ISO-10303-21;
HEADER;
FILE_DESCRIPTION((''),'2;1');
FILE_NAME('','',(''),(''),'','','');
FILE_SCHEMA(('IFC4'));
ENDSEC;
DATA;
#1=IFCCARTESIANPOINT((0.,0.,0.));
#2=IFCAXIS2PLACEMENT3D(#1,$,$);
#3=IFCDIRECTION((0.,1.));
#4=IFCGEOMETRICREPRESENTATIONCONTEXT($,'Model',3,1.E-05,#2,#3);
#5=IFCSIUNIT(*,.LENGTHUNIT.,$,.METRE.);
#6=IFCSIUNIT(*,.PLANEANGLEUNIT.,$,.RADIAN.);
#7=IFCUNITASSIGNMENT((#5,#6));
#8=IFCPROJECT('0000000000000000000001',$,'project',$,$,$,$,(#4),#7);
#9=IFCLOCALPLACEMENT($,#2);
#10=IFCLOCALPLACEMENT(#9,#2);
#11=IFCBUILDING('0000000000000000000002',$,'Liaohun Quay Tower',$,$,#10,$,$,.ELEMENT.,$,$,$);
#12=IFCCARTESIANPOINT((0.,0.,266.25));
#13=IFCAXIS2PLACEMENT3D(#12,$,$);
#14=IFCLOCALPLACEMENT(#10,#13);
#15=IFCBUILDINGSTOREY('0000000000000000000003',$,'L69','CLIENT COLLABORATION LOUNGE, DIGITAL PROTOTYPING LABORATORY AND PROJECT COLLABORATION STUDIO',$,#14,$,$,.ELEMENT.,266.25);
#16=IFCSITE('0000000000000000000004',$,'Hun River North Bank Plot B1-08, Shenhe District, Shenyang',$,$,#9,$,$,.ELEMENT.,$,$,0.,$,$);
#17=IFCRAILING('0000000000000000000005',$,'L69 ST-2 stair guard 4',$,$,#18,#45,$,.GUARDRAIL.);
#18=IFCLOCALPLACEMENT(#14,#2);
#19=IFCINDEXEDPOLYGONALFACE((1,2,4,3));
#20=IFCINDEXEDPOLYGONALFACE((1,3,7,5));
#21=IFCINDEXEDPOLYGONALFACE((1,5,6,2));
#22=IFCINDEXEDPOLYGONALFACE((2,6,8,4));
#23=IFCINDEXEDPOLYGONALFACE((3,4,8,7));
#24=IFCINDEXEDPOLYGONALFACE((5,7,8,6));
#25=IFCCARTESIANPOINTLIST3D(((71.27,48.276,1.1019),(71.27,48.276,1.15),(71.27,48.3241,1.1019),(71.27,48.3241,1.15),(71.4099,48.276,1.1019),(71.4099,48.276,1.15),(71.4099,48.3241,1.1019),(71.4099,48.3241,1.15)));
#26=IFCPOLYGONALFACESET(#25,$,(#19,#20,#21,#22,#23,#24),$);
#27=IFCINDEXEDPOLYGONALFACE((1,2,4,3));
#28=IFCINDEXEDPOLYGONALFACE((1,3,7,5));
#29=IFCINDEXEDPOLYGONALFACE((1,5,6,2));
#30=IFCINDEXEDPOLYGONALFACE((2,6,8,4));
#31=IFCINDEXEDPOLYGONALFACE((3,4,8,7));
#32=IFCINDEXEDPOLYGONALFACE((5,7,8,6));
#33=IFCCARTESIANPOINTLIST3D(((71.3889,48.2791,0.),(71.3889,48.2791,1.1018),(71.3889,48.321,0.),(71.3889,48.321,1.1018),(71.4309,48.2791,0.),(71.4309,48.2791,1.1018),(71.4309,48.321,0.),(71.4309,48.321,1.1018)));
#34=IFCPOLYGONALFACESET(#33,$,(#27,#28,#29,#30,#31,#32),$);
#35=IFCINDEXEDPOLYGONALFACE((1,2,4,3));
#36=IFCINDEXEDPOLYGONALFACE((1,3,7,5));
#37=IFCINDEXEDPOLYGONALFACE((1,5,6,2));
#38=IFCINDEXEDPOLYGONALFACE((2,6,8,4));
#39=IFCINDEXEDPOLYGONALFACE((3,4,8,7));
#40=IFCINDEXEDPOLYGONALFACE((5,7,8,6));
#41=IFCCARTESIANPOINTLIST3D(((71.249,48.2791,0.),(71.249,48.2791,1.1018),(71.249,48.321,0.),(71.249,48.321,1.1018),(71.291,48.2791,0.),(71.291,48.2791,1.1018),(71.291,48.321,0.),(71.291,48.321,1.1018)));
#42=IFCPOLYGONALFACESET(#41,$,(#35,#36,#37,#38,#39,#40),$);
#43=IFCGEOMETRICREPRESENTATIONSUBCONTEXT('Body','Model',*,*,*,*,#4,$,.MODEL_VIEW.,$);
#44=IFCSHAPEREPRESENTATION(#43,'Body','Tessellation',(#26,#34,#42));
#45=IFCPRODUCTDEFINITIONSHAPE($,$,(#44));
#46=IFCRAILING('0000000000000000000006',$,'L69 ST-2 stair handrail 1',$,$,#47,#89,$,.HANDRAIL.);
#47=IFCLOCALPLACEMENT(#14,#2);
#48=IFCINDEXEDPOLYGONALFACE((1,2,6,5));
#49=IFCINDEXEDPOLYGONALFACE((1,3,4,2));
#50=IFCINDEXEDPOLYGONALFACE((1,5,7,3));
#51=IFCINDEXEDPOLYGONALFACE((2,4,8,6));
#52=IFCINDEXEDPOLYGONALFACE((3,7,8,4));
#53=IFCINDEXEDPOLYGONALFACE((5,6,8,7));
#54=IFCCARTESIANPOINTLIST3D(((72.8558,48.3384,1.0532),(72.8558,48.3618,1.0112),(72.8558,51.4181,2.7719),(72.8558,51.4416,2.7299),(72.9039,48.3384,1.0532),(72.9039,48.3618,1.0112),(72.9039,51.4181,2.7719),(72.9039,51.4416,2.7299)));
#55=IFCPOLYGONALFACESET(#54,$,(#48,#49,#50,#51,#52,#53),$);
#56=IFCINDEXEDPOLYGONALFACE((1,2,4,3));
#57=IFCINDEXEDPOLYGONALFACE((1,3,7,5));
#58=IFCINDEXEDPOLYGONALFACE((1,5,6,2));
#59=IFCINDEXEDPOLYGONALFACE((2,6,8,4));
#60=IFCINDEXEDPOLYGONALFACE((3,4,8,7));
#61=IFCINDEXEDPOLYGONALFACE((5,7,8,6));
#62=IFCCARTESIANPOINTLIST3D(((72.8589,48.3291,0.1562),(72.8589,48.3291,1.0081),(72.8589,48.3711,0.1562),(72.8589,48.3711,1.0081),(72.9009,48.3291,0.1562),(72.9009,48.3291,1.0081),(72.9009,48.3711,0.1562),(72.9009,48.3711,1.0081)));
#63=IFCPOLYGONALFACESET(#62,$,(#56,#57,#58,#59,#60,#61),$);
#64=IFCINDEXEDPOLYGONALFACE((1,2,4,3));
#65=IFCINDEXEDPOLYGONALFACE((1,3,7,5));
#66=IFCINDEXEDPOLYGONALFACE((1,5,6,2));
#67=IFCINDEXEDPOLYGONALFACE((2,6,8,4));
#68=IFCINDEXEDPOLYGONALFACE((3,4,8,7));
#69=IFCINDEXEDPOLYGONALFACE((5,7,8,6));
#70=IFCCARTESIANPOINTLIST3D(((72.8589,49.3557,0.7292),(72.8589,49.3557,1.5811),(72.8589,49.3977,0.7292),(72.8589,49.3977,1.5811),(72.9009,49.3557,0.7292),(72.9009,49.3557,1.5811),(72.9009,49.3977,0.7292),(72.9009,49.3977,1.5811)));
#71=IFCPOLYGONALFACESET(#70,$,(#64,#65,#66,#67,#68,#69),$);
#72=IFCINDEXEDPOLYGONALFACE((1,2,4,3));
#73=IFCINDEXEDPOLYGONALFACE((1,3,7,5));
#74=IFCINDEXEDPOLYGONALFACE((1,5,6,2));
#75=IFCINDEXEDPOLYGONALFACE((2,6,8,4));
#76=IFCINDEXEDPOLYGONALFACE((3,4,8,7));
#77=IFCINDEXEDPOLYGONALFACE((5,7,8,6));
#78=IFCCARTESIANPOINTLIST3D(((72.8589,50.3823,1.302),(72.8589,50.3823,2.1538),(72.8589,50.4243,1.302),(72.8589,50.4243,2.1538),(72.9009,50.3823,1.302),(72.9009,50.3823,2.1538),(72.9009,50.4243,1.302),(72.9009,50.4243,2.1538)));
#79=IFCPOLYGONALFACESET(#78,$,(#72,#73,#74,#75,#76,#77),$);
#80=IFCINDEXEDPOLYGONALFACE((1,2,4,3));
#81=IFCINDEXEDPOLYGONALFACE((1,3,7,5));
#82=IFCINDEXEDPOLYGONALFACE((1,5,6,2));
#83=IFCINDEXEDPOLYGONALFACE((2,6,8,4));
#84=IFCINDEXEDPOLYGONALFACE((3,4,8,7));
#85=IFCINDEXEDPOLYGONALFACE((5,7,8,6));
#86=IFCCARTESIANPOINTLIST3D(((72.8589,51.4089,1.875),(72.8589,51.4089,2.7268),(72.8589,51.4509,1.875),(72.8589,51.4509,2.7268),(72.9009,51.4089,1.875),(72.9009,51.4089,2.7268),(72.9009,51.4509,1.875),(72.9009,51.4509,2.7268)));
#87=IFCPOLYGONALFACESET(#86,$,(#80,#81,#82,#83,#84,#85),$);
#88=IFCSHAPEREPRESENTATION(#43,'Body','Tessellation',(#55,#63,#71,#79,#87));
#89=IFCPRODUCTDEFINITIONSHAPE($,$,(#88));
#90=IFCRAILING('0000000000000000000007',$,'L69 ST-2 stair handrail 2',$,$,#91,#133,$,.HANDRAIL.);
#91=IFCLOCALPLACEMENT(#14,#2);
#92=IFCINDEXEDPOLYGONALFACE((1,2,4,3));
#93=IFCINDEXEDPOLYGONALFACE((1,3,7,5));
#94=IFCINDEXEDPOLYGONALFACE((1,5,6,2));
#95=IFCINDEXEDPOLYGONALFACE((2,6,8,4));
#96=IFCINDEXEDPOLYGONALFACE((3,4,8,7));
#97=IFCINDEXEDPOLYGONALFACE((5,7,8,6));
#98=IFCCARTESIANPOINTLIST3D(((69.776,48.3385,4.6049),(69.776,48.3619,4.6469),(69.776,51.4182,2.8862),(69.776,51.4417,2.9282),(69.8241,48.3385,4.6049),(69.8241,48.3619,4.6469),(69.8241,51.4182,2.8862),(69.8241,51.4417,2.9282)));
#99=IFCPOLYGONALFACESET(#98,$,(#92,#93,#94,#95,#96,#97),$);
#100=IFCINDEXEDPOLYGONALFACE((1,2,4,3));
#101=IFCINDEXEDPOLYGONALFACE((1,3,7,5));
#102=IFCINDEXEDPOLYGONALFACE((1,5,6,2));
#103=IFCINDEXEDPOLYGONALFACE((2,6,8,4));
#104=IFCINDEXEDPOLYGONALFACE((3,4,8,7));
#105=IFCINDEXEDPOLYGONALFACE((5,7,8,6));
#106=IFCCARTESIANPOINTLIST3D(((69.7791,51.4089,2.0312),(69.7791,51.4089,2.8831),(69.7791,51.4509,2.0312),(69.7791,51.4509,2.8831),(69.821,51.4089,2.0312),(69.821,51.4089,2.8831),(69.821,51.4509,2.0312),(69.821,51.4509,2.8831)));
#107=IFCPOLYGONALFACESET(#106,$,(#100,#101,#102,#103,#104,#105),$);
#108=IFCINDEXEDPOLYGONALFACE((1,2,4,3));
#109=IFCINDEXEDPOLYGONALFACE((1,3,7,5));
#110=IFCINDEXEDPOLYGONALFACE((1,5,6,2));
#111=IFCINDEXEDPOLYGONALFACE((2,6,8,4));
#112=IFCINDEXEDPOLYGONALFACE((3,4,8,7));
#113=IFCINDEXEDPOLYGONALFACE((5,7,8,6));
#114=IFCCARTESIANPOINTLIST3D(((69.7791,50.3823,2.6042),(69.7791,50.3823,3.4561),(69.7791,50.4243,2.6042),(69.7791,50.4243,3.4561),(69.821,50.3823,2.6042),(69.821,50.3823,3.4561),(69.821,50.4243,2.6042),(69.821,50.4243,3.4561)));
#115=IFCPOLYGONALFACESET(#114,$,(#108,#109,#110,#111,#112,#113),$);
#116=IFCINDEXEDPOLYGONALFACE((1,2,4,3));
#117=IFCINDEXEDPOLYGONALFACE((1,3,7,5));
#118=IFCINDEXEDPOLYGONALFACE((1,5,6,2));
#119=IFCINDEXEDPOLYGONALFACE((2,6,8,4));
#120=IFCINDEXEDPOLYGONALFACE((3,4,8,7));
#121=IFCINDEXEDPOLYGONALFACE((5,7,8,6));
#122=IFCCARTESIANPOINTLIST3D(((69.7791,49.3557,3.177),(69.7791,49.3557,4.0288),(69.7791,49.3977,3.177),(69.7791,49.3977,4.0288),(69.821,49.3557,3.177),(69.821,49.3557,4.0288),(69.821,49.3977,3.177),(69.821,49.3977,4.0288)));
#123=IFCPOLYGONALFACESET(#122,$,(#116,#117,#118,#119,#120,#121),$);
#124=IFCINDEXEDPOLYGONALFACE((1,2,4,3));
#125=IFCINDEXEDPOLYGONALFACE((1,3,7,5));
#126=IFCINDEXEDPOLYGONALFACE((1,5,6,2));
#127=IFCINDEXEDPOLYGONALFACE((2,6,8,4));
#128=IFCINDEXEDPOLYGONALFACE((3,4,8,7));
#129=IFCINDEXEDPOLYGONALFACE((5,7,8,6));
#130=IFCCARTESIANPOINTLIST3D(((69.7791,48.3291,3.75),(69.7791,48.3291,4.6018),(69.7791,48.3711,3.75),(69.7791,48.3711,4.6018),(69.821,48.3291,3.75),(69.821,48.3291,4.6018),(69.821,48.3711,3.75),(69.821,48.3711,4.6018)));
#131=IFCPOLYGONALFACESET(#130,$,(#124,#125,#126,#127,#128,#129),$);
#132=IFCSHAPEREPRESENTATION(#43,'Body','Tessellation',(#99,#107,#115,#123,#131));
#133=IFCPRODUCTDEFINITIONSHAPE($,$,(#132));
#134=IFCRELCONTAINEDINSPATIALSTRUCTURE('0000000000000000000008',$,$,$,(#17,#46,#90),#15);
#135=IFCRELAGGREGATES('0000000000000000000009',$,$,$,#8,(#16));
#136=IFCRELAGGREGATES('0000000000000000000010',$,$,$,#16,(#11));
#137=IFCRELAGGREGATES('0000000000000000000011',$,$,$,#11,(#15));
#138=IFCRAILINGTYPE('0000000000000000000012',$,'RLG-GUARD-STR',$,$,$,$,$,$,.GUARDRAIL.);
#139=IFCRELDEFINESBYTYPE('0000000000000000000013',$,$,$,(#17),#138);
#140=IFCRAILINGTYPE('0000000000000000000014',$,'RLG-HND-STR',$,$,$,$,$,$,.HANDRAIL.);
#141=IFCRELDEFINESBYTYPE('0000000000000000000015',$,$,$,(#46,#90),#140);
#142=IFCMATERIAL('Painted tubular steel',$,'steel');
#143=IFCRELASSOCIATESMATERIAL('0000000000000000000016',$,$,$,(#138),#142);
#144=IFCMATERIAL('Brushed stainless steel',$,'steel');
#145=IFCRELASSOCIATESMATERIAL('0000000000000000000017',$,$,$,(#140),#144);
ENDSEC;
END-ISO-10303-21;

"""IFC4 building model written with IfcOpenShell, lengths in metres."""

from ifc_helpers import new_model, si_unit, direction, frame, origin, origin_2d, place, context, subcontext, project, spatial, rectangle, extrude, material, type_object, element, save


model = new_model("IFC4")

# Units and contexts
model_context = context("Model", 3, precision=1e-05, world=origin(), true_north=direction((0.0, 1.0)))
body_context = subcontext(model_context, "Body", "Model", "MODEL_VIEW")
ifc_project = project(units=[si_unit("LENGTHUNIT", "METRE"), si_unit("PLANEANGLEUNIT", "RADIAN")], contexts=[model_context])

# Site, building, storey
site_placement = place(None, origin())
site = spatial("IfcSite", under=ifc_project, at=site_placement, Name="Hun River North Bank Plot B1-08, Shenhe District, Shenyang", CompositionType="ELEMENT", RefElevation=0.0)
building_placement = place(site_placement, origin())
building = spatial("IfcBuilding", under=site, at=building_placement, Name="Liaohun Quay Tower", CompositionType="ELEMENT")
storey_placement = place(building_placement, frame((0.0, 0.0, 266.25)))
storey = spatial("IfcBuildingStorey", under=building, at=storey_placement, Name="L69", Description="CLIENT COLLABORATION LOUNGE, DIGITAL PROTOTYPING LABORATORY AND PROJECT COLLABORATION STUDIO", CompositionType="ELEMENT", Elevation=266.25)

# Railings
ifc_material_1 = material(Name="Painted tubular steel", Category="steel")
railing_type_1 = type_object("IfcRailingType", Name="RLG-GUARD-STR", PredefinedType="GUARDRAIL", material=ifc_material_1)
railing_1_placement = place(storey_placement, frame((71.4099, 48.3, 0.0)))
element("IfcRailing", 1, at=railing_1_placement, inside=storey, type_object=railing_type_1, Name="L69 ST-2 stair guard 4", PredefinedType="GUARDRAIL", context=body_context, shape_type="SweptSolid", body=[
    extrude(rectangle(XDim=0.0481, YDim=0.0481, at=origin_2d()), frame((0.0, 0.0, 1.126), z_axis=(-1.0, 0.0, 0.0), x_axis=(0.0, -1.0, 0.0)), (0.0, 0.0, 1.0), 0.1399),
    extrude(rectangle(XDim=0.042, YDim=0.042, at=origin_2d()), origin(), (0.0, 0.0, 1.0), 1.1018),
    extrude(rectangle(XDim=0.042, YDim=0.042, at=origin_2d()), frame((-0.1399, 0.0, 0.0)), (0.0, 0.0, 1.0), 1.1018),
])
ifc_material_2 = material(Name="Brushed stainless steel", Category="steel")
railing_type_2 = type_object("IfcRailingType", Name="RLG-HND-STR", PredefinedType="HANDRAIL", material=ifc_material_2)
railing_2_placement = place(storey_placement, frame((72.8799, 48.3501, 0.1562)))
element("IfcRailing", 2, at=railing_2_placement, inside=storey, type_object=railing_type_2, Name="L69 ST-2 stair handrail 1", PredefinedType="HANDRAIL", context=body_context, shape_type="SweptSolid", body=[
    extrude(rectangle(XDim=0.0481, YDim=0.0481, at=origin_2d()), frame((0.0, 0.0, 0.876), z_axis=(0.0, 0.873225, 0.487317), x_axis=(-1.0, 0.0, 0.0)), (0.0, 0.0, 1.0), 3.5269),
    extrude(rectangle(XDim=0.042, YDim=0.042, at=origin_2d()), origin(), (0.0, 0.0, 1.0), 0.8518),
    extrude(rectangle(XDim=0.042, YDim=0.042, at=origin_2d()), frame((0.0, 1.0266, 0.573)), (0.0, 0.0, 1.0), 0.8518),
    extrude(rectangle(XDim=0.042, YDim=0.042, at=origin_2d()), frame((0.0, 2.0532, 1.1458)), (0.0, 0.0, 1.0), 0.8518),
    extrude(rectangle(XDim=0.042, YDim=0.042, at=origin_2d()), frame((0.0, 3.0798, 1.7188)), (0.0, 0.0, 1.0), 0.8518),
])
railing_3_placement = place(storey_placement, frame((69.8, 51.4299, 2.0312)))
element("IfcRailing", 3, at=railing_3_placement, inside=storey, type_object=railing_type_2, Name="L69 ST-2 stair handrail 2", PredefinedType="HANDRAIL", context=body_context, shape_type="SweptSolid", body=[
    extrude(rectangle(XDim=0.0481, YDim=0.0481, at=origin_2d()), frame((0.0, 0.0, 0.876), z_axis=(0.0, -0.873225, 0.487317), x_axis=(1.0, 0.0, 0.0)), (0.0, 0.0, 1.0), 3.5269),
    extrude(rectangle(XDim=0.042, YDim=0.042, at=origin_2d()), origin(), (0.0, 0.0, 1.0), 0.8518),
    extrude(rectangle(XDim=0.042, YDim=0.042, at=origin_2d()), frame((0.0, -1.0266, 0.573)), (0.0, 0.0, 1.0), 0.8518),
    extrude(rectangle(XDim=0.042, YDim=0.042, at=origin_2d()), frame((0.0, -2.0532, 1.1458)), (0.0, 0.0, 1.0), 0.8518),
    extrude(rectangle(XDim=0.042, YDim=0.042, at=origin_2d()), frame((0.0, -3.0798, 1.7188)), (0.0, 0.0, 1.0), 0.8518),
])

save(model, "model.ifc")
